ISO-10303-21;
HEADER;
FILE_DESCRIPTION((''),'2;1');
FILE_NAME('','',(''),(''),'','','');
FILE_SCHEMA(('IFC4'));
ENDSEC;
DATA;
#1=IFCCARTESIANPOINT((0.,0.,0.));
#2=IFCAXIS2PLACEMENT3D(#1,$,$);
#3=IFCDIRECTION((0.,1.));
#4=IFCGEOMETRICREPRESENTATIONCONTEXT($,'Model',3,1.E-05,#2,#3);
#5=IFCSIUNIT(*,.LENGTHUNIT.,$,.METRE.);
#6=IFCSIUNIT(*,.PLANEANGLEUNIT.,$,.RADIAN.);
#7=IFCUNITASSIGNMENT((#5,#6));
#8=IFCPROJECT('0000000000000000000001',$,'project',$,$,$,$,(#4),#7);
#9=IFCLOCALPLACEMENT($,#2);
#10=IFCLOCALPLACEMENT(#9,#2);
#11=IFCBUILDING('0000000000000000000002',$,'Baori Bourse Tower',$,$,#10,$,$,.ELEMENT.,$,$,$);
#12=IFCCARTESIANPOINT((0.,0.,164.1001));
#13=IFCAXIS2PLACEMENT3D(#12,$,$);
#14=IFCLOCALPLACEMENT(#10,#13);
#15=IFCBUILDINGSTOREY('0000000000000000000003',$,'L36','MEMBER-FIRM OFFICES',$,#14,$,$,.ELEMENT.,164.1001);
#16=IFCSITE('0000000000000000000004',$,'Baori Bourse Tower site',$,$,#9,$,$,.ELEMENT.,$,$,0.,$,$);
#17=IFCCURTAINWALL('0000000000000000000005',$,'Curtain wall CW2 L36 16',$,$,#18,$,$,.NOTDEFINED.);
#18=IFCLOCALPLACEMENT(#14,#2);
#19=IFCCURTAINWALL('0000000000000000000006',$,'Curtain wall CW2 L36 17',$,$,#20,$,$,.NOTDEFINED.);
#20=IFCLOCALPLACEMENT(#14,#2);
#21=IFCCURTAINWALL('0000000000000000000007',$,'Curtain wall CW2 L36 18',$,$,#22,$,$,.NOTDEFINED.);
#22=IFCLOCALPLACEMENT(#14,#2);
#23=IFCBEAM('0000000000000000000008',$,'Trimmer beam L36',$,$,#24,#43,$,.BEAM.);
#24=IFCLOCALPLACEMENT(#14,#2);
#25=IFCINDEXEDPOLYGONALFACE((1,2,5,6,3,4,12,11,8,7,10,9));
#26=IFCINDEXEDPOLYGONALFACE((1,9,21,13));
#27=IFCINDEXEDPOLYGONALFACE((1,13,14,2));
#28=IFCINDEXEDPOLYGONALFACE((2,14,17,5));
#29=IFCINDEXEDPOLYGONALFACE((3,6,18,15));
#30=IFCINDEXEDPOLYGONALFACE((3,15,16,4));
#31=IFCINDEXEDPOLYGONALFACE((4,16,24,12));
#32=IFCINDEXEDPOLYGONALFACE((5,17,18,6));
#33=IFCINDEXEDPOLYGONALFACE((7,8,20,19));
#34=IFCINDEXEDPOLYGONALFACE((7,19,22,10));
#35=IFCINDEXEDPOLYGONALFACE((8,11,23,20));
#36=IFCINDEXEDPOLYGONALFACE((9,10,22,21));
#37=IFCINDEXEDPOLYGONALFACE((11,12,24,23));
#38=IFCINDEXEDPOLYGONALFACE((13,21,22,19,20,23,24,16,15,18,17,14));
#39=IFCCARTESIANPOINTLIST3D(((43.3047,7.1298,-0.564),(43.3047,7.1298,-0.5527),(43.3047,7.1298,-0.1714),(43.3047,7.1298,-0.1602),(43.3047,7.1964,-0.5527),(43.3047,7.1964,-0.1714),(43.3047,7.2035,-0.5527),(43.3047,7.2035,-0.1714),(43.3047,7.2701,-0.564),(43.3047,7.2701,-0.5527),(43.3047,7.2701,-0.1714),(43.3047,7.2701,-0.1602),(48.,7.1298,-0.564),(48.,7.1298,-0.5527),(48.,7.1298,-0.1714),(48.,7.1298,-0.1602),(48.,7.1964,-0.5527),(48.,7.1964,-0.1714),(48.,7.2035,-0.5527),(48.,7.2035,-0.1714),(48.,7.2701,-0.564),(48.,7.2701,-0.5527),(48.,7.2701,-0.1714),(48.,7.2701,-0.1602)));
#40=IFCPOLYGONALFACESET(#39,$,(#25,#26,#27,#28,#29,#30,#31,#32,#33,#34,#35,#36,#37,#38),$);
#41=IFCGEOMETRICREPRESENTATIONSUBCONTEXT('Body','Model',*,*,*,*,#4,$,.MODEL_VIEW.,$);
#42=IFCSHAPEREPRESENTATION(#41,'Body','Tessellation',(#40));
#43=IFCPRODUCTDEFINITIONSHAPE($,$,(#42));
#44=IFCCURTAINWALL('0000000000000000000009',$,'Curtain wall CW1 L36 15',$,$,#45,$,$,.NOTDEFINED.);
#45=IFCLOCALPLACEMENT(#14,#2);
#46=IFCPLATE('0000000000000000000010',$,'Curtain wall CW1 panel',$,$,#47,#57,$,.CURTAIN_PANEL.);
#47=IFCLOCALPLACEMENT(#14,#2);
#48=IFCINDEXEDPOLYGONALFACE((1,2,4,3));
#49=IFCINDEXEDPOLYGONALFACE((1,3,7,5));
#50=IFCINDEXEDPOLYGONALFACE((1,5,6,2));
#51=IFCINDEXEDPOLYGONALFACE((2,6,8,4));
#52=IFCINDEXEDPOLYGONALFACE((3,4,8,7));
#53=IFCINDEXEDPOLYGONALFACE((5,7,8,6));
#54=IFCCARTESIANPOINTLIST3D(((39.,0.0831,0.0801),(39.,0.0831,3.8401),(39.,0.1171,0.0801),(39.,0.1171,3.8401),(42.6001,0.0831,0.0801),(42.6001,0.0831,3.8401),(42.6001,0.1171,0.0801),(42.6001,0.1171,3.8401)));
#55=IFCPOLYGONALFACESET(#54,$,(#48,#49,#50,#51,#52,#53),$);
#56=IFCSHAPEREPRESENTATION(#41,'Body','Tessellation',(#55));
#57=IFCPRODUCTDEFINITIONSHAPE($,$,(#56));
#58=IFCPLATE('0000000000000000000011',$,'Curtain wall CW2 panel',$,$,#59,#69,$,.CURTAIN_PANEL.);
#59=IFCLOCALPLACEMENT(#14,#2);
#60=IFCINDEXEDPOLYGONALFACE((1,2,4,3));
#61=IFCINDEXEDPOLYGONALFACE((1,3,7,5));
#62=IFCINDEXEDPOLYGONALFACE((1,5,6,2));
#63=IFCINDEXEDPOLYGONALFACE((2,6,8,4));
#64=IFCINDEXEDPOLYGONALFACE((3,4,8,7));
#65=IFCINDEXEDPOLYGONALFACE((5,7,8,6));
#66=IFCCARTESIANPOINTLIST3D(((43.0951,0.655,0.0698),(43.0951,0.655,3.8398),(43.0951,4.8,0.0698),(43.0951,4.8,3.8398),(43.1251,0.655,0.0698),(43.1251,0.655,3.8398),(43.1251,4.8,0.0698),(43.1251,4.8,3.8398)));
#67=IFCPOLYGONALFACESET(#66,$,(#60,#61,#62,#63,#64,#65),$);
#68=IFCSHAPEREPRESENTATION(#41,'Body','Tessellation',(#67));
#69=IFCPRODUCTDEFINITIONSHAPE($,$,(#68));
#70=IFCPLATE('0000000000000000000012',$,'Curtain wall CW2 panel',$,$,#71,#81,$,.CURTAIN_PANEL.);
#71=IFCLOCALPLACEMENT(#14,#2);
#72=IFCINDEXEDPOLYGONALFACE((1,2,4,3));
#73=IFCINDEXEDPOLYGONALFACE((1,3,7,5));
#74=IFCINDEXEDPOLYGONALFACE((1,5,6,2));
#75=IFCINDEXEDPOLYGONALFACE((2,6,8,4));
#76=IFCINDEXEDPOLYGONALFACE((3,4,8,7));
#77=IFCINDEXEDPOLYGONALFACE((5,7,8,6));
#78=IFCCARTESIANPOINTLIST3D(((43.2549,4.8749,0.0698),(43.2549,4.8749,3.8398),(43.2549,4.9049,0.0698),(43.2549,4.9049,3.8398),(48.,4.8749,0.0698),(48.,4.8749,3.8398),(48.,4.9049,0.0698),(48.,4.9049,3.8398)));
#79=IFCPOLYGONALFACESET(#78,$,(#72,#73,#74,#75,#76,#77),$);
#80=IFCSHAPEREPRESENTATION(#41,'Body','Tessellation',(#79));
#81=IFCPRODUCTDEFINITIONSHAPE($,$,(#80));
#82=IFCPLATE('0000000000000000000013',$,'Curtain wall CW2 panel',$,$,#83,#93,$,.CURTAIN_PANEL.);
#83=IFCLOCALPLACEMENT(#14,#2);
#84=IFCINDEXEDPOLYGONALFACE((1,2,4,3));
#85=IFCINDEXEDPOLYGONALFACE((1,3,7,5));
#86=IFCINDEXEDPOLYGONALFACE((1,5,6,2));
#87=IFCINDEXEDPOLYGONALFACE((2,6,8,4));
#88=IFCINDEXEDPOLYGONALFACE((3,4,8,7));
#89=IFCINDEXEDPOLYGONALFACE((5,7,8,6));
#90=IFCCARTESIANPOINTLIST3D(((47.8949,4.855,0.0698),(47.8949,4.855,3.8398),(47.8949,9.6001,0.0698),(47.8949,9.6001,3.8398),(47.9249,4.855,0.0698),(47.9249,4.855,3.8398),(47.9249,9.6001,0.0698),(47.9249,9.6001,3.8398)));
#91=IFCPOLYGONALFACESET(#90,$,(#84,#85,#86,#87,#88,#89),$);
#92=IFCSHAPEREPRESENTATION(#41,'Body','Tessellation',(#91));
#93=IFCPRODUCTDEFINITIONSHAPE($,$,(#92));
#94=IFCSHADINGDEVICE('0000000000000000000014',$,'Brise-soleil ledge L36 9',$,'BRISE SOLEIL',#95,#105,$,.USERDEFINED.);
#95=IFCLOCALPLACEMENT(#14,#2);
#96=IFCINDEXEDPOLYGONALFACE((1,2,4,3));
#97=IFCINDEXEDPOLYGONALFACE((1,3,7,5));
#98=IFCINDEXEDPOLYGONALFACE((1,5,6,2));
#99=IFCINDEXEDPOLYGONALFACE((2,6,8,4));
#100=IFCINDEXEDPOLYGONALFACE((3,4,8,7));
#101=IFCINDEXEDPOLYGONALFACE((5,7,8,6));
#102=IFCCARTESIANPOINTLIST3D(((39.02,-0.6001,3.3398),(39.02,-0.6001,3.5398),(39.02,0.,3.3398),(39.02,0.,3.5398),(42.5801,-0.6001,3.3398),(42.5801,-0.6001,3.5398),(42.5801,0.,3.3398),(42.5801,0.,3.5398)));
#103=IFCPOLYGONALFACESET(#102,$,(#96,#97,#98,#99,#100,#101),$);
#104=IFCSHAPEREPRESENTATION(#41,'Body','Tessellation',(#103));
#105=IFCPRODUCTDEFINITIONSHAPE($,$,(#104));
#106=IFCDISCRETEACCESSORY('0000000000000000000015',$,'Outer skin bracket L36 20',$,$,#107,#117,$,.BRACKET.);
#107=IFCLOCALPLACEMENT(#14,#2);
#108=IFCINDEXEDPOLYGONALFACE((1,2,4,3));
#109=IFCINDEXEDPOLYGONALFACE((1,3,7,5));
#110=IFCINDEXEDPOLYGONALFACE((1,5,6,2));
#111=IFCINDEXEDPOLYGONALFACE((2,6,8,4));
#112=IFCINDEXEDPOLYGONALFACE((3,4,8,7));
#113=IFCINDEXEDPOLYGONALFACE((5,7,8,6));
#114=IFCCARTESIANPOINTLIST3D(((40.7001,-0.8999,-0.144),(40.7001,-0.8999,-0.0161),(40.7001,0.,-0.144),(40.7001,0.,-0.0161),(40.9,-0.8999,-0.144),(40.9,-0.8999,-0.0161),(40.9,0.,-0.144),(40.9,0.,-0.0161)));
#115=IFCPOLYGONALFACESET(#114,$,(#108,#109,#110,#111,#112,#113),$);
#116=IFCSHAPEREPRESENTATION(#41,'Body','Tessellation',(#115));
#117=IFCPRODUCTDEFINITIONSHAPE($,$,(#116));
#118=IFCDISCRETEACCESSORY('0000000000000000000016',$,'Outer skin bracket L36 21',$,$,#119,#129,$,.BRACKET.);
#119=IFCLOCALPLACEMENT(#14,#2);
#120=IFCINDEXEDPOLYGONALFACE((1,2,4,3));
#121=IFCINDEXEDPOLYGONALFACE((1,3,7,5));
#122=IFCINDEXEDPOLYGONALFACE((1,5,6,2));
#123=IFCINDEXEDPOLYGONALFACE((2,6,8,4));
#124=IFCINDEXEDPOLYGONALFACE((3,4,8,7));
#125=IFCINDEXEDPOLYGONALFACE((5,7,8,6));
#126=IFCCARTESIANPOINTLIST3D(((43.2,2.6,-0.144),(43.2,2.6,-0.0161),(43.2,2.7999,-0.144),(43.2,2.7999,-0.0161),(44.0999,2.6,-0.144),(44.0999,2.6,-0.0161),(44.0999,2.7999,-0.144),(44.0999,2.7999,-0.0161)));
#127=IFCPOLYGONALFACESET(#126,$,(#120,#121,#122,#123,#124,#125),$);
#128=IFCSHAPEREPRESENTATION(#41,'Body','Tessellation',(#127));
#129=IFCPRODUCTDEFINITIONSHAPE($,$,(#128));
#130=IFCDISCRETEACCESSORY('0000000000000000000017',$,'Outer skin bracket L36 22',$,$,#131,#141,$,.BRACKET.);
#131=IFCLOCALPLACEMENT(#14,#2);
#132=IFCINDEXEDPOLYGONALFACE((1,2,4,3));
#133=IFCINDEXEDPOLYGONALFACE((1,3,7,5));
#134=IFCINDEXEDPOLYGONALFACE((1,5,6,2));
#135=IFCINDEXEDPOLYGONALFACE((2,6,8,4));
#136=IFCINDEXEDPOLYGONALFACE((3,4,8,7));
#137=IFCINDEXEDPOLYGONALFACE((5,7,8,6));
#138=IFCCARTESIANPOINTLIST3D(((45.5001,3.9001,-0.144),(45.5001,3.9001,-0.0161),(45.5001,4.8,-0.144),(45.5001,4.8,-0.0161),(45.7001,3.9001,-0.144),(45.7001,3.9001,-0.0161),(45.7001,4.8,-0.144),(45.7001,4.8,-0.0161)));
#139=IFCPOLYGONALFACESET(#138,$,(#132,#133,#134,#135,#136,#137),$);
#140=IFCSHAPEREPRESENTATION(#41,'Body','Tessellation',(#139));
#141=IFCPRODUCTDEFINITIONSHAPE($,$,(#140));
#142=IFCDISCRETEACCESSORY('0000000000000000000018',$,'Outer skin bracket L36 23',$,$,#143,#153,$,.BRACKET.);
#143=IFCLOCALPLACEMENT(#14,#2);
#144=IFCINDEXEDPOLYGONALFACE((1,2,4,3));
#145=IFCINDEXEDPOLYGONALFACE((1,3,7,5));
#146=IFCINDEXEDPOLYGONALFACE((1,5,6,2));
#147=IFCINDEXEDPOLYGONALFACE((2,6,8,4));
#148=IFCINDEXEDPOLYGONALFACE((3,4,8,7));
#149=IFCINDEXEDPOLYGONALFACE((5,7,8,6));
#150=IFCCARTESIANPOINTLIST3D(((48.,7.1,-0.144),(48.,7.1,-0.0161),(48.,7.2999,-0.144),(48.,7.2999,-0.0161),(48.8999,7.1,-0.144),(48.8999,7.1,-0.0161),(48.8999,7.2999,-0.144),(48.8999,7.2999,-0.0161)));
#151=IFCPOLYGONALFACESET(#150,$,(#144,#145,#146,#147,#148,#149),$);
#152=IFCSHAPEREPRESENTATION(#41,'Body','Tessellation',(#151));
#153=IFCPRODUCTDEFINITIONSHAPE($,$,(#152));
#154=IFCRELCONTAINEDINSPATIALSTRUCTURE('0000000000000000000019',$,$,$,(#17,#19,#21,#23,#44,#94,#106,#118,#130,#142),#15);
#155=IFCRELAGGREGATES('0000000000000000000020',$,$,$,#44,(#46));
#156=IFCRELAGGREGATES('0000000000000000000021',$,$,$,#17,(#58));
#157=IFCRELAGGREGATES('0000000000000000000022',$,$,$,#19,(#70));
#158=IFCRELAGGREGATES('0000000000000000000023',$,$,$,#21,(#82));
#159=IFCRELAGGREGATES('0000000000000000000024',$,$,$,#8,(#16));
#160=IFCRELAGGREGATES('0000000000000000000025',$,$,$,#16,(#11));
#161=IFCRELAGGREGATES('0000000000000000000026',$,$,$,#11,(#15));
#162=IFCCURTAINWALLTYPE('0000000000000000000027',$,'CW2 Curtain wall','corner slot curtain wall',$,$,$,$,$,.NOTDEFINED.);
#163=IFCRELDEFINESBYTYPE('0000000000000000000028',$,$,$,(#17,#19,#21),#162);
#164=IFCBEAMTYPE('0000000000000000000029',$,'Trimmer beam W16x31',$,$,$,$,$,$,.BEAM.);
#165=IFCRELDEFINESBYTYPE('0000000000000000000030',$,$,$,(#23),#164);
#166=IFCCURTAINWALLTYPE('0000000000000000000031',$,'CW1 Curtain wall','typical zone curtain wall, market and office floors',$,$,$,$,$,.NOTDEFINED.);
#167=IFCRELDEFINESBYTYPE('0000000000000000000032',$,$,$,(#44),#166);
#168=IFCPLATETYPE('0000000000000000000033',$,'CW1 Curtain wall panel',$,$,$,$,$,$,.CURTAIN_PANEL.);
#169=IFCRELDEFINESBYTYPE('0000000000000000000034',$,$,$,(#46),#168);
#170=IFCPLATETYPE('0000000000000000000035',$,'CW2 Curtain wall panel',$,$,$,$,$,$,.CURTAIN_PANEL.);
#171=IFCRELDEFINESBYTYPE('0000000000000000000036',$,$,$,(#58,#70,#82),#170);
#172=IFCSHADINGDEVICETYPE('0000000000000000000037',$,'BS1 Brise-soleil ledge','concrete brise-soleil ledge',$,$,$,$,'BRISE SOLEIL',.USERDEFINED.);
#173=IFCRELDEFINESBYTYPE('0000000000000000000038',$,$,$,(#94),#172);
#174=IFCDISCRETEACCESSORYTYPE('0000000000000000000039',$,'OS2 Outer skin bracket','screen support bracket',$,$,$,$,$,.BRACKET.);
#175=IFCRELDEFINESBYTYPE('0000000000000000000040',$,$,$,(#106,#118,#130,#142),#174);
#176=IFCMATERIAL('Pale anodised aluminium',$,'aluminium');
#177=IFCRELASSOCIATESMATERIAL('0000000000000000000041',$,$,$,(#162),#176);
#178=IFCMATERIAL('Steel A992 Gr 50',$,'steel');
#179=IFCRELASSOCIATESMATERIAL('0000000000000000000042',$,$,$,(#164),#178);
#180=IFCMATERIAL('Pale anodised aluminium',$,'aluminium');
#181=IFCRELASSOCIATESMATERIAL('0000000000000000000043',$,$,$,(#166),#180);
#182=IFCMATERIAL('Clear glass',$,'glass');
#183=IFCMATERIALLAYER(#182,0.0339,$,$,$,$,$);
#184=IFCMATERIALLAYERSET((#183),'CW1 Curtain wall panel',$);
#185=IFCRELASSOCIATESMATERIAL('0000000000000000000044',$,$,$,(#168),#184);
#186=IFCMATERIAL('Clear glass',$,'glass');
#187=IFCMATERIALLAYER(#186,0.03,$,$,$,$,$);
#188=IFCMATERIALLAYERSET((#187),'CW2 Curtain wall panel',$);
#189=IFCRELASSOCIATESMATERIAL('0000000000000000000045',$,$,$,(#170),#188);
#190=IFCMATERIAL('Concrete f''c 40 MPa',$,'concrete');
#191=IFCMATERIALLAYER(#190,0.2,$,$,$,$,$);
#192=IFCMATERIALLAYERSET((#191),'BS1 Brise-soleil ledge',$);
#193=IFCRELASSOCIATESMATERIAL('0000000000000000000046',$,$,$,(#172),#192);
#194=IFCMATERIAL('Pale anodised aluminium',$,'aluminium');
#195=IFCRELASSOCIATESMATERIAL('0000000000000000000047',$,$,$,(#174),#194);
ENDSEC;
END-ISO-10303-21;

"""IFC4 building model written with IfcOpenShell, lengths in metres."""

from ifc_helpers import new_model, si_unit, direction, frame, origin, origin_2d, place, context, subcontext, project, spatial, rectangle, i_section, extrude, material, layer, layer_set, material_profile, profile_set, type_object, element, aggregate, save


model = new_model("IFC4")

# Units and contexts
model_context = context("Model", 3, precision=1e-05, world=origin(), true_north=direction((0.0, 1.0)))
body_context = subcontext(model_context, "Body", "Model", "MODEL_VIEW")
ifc_project = project(units=[si_unit("LENGTHUNIT", "METRE"), si_unit("PLANEANGLEUNIT", "RADIAN")], contexts=[model_context])

# Site, building, storey
site_placement = place(None, origin())
site = spatial("IfcSite", under=ifc_project, at=site_placement, Name="Baori Bourse Tower site", CompositionType="ELEMENT", RefElevation=0.0)
building_placement = place(site_placement, origin())
building = spatial("IfcBuilding", under=site, at=building_placement, Name="Baori Bourse Tower", CompositionType="ELEMENT")
storey_placement = place(building_placement, frame((0.0, 0.0, 164.1001)))
storey = spatial("IfcBuildingStorey", under=building, at=storey_placement, Name="L36", Description="MEMBER-FIRM OFFICES", CompositionType="ELEMENT", Elevation=164.1001)

# Curtain walls
ifc_material_1 = material(Name="Pale anodised aluminium", Category="aluminium")
curtain_wall_type_1 = type_object("IfcCurtainWallType", Name="CW2 Curtain wall", Description="corner slot curtain wall", PredefinedType="NOTDEFINED", material=ifc_material_1)
curtain_wall_1_placement = place(storey_placement, origin())
curtain_wall_1 = element("IfcCurtainWall", 1, at=curtain_wall_1_placement, inside=storey, type_object=curtain_wall_type_1, Name="Curtain wall CW2 L36 16", PredefinedType="NOTDEFINED")
curtain_wall_2_placement = place(storey_placement, origin())
curtain_wall_2 = element("IfcCurtainWall", 2, at=curtain_wall_2_placement, inside=storey, type_object=curtain_wall_type_1, Name="Curtain wall CW2 L36 17", PredefinedType="NOTDEFINED")
curtain_wall_3_placement = place(storey_placement, origin())
curtain_wall_3 = element("IfcCurtainWall", 3, at=curtain_wall_3_placement, inside=storey, type_object=curtain_wall_type_1, Name="Curtain wall CW2 L36 18", PredefinedType="NOTDEFINED")

# Beam
ifc_material_2 = material(Name="Steel A992 Gr 50", Category="steel")
ifc_material_profile_1 = material_profile(ifc_material_2, i_section(OverallWidth=0.1404, OverallDepth=0.4038, WebThickness=0.0071, FlangeThickness=0.0112, at=origin_2d()), Name="W16x31")
ifc_profile_set_1 = profile_set([ifc_material_profile_1], Name="Steel A992 Gr 50")
beam_type_1 = type_object("IfcBeamType", Name="Trimmer beam W16x31", PredefinedType="BEAM", material=ifc_profile_set_1)
beam_1_placement = place(storey_placement, frame((43.3047, 7.2, -0.3621), z_axis=(1.0, 0.0, 0.0), x_axis=(0.0, 1.0, 0.0)))
element("IfcBeam", 4, at=beam_1_placement, inside=storey, type_object=beam_type_1, Name="Trimmer beam L36", PredefinedType="BEAM", context=body_context, shape_type="SweptSolid", body=[
    extrude(i_section(OverallWidth=0.1404, OverallDepth=0.4038, WebThickness=0.0071, FlangeThickness=0.0112, at=origin_2d()), origin(), (0.0, 0.0, 1.0), 4.6953),
])

# Curtain wall, plate
ifc_material_3 = material(Name="Pale anodised aluminium", Category="aluminium")
curtain_wall_type_2 = type_object("IfcCurtainWallType", Name="CW1 Curtain wall", Description="typical zone curtain wall, market and office floors", PredefinedType="NOTDEFINED", material=ifc_material_3)
curtain_wall_4_placement = place(storey_placement, origin())
curtain_wall_4 = element("IfcCurtainWall", 5, at=curtain_wall_4_placement, inside=storey, type_object=curtain_wall_type_2, Name="Curtain wall CW1 L36 15", PredefinedType="NOTDEFINED")
ifc_material_4 = material(Name="Clear glass", Category="glass")
ifc_layer_1 = layer(ifc_material_4, 0.0339)
ifc_layer_set_1 = layer_set([ifc_layer_1], Name="CW1 Curtain wall panel")
plate_type_1 = type_object("IfcPlateType", Name="CW1 Curtain wall panel", PredefinedType="CURTAIN_PANEL", material=ifc_layer_set_1)
plate_1_placement = place(storey_placement, frame((40.8, 0.1001, 0.0801), z_axis=(0.0, 0.0, 1.0), x_axis=(1.0, 0.0, 0.0)))
plate_1 = element("IfcPlate", 6, at=plate_1_placement, type_object=plate_type_1, Name="Curtain wall CW1 panel", PredefinedType="CURTAIN_PANEL", context=body_context, shape_type="SweptSolid", body=[
    extrude(rectangle(XDim=3.6001, YDim=0.0339, at=origin_2d()), origin(), (0.0, 0.0, 1.0), 3.76),
])
aggregate(curtain_wall_4, [plate_1])

# Plates
ifc_material_5 = material(Name="Clear glass", Category="glass")
ifc_layer_2 = layer(ifc_material_5, 0.03)
ifc_layer_set_2 = layer_set([ifc_layer_2], Name="CW2 Curtain wall panel")
plate_type_2 = type_object("IfcPlateType", Name="CW2 Curtain wall panel", PredefinedType="CURTAIN_PANEL", material=ifc_layer_set_2)
plate_2_placement = place(storey_placement, frame((43.1101, 2.7275, 0.0698), z_axis=(0.0, 0.0, 1.0), x_axis=(0.0, 1.0, 0.0)))
plate_2 = element("IfcPlate", 7, at=plate_2_placement, type_object=plate_type_2, Name="Curtain wall CW2 panel", PredefinedType="CURTAIN_PANEL", context=body_context, shape_type="SweptSolid", body=[
    extrude(rectangle(XDim=4.145, YDim=0.03, at=origin_2d()), origin(), (0.0, 0.0, 1.0), 3.77),
])
aggregate(curtain_wall_1, [plate_2])
plate_3_placement = place(storey_placement, frame((45.6274, 4.8899, 0.0698), z_axis=(0.0, 0.0, 1.0), x_axis=(1.0, 0.0, 0.0)))
plate_3 = element("IfcPlate", 8, at=plate_3_placement, type_object=plate_type_2, Name="Curtain wall CW2 panel", PredefinedType="CURTAIN_PANEL", context=body_context, shape_type="SweptSolid", body=[
    extrude(rectangle(XDim=4.7451, YDim=0.03, at=origin_2d()), origin(), (0.0, 0.0, 1.0), 3.77),
])
aggregate(curtain_wall_2, [plate_3])
plate_4_placement = place(storey_placement, frame((47.9099, 7.2275, 0.0698), z_axis=(0.0, 0.0, 1.0), x_axis=(0.0, 1.0, 0.0)))
plate_4 = element("IfcPlate", 9, at=plate_4_placement, type_object=plate_type_2, Name="Curtain wall CW2 panel", PredefinedType="CURTAIN_PANEL", context=body_context, shape_type="SweptSolid", body=[
    extrude(rectangle(XDim=4.7451, YDim=0.03, at=origin_2d()), origin(), (0.0, 0.0, 1.0), 3.77),
])
aggregate(curtain_wall_3, [plate_4])

# Shading device
ifc_material_6 = material(Name="Concrete f'c 40 MPa", Category="concrete")
ifc_layer_3 = layer(ifc_material_6, 0.2)
ifc_layer_set_3 = layer_set([ifc_layer_3], Name="BS1 Brise-soleil ledge")
shading_device_type = type_object("IfcShadingDeviceType", Name="BS1 Brise-soleil ledge", Description="concrete brise-soleil ledge", ElementType="BRISE SOLEIL", PredefinedType="USERDEFINED", material=ifc_layer_set_3)
shading_device_placement = place(storey_placement, frame((40.8, -0.3, 3.3398), z_axis=(0.0, 0.0, 1.0), x_axis=(1.0, 0.0, 0.0)))
element("IfcShadingDevice", 10, at=shading_device_placement, inside=storey, type_object=shading_device_type, Name="Brise-soleil ledge L36 9", ObjectType="BRISE SOLEIL", PredefinedType="USERDEFINED", context=body_context, shape_type="SweptSolid", body=[
    extrude(rectangle(XDim=3.5601, YDim=0.6001, at=origin_2d()), origin(), (0.0, 0.0, 1.0), 0.2),
])

# Discrete accessories
ifc_material_7 = material(Name="Pale anodised aluminium", Category="aluminium")
discrete_accessory_type = type_object("IfcDiscreteAccessoryType", Name="OS2 Outer skin bracket", Description="screen support bracket", PredefinedType="BRACKET", material=ifc_material_7)
for number, where, z_axis, x_axis, name in (
    (11, (40.8, -0.45, -0.144), (0.0, 0.0, 1.0), (1.0, 0.0, 0.0), "Outer skin bracket L36 20"),
    (12, (43.6499, 2.7, -0.144), (0.0, 0.0, 1.0), (0.0, 1.0, 0.0), "Outer skin bracket L36 21"),
    (13, (45.6001, 4.3501, -0.144), (0.0, 0.0, 1.0), (1.0, 0.0, 0.0), "Outer skin bracket L36 22"),
    (14, (48.45, 7.2, -0.144), (0.0, 0.0, 1.0), (0.0, 1.0, 0.0), "Outer skin bracket L36 23"),
):
    element("IfcDiscreteAccessory", number, at=place(storey_placement, frame(where, z_axis=z_axis, x_axis=x_axis)), inside=storey, type_object=discrete_accessory_type, Name=name, PredefinedType="BRACKET", context=body_context, shape_type="SweptSolid", body=[
        extrude(rectangle(XDim=0.2, YDim=0.8999, at=origin_2d()), origin(), (0.0, 0.0, 1.0), 0.1279),
    ])

save(model, "model.ifc")
